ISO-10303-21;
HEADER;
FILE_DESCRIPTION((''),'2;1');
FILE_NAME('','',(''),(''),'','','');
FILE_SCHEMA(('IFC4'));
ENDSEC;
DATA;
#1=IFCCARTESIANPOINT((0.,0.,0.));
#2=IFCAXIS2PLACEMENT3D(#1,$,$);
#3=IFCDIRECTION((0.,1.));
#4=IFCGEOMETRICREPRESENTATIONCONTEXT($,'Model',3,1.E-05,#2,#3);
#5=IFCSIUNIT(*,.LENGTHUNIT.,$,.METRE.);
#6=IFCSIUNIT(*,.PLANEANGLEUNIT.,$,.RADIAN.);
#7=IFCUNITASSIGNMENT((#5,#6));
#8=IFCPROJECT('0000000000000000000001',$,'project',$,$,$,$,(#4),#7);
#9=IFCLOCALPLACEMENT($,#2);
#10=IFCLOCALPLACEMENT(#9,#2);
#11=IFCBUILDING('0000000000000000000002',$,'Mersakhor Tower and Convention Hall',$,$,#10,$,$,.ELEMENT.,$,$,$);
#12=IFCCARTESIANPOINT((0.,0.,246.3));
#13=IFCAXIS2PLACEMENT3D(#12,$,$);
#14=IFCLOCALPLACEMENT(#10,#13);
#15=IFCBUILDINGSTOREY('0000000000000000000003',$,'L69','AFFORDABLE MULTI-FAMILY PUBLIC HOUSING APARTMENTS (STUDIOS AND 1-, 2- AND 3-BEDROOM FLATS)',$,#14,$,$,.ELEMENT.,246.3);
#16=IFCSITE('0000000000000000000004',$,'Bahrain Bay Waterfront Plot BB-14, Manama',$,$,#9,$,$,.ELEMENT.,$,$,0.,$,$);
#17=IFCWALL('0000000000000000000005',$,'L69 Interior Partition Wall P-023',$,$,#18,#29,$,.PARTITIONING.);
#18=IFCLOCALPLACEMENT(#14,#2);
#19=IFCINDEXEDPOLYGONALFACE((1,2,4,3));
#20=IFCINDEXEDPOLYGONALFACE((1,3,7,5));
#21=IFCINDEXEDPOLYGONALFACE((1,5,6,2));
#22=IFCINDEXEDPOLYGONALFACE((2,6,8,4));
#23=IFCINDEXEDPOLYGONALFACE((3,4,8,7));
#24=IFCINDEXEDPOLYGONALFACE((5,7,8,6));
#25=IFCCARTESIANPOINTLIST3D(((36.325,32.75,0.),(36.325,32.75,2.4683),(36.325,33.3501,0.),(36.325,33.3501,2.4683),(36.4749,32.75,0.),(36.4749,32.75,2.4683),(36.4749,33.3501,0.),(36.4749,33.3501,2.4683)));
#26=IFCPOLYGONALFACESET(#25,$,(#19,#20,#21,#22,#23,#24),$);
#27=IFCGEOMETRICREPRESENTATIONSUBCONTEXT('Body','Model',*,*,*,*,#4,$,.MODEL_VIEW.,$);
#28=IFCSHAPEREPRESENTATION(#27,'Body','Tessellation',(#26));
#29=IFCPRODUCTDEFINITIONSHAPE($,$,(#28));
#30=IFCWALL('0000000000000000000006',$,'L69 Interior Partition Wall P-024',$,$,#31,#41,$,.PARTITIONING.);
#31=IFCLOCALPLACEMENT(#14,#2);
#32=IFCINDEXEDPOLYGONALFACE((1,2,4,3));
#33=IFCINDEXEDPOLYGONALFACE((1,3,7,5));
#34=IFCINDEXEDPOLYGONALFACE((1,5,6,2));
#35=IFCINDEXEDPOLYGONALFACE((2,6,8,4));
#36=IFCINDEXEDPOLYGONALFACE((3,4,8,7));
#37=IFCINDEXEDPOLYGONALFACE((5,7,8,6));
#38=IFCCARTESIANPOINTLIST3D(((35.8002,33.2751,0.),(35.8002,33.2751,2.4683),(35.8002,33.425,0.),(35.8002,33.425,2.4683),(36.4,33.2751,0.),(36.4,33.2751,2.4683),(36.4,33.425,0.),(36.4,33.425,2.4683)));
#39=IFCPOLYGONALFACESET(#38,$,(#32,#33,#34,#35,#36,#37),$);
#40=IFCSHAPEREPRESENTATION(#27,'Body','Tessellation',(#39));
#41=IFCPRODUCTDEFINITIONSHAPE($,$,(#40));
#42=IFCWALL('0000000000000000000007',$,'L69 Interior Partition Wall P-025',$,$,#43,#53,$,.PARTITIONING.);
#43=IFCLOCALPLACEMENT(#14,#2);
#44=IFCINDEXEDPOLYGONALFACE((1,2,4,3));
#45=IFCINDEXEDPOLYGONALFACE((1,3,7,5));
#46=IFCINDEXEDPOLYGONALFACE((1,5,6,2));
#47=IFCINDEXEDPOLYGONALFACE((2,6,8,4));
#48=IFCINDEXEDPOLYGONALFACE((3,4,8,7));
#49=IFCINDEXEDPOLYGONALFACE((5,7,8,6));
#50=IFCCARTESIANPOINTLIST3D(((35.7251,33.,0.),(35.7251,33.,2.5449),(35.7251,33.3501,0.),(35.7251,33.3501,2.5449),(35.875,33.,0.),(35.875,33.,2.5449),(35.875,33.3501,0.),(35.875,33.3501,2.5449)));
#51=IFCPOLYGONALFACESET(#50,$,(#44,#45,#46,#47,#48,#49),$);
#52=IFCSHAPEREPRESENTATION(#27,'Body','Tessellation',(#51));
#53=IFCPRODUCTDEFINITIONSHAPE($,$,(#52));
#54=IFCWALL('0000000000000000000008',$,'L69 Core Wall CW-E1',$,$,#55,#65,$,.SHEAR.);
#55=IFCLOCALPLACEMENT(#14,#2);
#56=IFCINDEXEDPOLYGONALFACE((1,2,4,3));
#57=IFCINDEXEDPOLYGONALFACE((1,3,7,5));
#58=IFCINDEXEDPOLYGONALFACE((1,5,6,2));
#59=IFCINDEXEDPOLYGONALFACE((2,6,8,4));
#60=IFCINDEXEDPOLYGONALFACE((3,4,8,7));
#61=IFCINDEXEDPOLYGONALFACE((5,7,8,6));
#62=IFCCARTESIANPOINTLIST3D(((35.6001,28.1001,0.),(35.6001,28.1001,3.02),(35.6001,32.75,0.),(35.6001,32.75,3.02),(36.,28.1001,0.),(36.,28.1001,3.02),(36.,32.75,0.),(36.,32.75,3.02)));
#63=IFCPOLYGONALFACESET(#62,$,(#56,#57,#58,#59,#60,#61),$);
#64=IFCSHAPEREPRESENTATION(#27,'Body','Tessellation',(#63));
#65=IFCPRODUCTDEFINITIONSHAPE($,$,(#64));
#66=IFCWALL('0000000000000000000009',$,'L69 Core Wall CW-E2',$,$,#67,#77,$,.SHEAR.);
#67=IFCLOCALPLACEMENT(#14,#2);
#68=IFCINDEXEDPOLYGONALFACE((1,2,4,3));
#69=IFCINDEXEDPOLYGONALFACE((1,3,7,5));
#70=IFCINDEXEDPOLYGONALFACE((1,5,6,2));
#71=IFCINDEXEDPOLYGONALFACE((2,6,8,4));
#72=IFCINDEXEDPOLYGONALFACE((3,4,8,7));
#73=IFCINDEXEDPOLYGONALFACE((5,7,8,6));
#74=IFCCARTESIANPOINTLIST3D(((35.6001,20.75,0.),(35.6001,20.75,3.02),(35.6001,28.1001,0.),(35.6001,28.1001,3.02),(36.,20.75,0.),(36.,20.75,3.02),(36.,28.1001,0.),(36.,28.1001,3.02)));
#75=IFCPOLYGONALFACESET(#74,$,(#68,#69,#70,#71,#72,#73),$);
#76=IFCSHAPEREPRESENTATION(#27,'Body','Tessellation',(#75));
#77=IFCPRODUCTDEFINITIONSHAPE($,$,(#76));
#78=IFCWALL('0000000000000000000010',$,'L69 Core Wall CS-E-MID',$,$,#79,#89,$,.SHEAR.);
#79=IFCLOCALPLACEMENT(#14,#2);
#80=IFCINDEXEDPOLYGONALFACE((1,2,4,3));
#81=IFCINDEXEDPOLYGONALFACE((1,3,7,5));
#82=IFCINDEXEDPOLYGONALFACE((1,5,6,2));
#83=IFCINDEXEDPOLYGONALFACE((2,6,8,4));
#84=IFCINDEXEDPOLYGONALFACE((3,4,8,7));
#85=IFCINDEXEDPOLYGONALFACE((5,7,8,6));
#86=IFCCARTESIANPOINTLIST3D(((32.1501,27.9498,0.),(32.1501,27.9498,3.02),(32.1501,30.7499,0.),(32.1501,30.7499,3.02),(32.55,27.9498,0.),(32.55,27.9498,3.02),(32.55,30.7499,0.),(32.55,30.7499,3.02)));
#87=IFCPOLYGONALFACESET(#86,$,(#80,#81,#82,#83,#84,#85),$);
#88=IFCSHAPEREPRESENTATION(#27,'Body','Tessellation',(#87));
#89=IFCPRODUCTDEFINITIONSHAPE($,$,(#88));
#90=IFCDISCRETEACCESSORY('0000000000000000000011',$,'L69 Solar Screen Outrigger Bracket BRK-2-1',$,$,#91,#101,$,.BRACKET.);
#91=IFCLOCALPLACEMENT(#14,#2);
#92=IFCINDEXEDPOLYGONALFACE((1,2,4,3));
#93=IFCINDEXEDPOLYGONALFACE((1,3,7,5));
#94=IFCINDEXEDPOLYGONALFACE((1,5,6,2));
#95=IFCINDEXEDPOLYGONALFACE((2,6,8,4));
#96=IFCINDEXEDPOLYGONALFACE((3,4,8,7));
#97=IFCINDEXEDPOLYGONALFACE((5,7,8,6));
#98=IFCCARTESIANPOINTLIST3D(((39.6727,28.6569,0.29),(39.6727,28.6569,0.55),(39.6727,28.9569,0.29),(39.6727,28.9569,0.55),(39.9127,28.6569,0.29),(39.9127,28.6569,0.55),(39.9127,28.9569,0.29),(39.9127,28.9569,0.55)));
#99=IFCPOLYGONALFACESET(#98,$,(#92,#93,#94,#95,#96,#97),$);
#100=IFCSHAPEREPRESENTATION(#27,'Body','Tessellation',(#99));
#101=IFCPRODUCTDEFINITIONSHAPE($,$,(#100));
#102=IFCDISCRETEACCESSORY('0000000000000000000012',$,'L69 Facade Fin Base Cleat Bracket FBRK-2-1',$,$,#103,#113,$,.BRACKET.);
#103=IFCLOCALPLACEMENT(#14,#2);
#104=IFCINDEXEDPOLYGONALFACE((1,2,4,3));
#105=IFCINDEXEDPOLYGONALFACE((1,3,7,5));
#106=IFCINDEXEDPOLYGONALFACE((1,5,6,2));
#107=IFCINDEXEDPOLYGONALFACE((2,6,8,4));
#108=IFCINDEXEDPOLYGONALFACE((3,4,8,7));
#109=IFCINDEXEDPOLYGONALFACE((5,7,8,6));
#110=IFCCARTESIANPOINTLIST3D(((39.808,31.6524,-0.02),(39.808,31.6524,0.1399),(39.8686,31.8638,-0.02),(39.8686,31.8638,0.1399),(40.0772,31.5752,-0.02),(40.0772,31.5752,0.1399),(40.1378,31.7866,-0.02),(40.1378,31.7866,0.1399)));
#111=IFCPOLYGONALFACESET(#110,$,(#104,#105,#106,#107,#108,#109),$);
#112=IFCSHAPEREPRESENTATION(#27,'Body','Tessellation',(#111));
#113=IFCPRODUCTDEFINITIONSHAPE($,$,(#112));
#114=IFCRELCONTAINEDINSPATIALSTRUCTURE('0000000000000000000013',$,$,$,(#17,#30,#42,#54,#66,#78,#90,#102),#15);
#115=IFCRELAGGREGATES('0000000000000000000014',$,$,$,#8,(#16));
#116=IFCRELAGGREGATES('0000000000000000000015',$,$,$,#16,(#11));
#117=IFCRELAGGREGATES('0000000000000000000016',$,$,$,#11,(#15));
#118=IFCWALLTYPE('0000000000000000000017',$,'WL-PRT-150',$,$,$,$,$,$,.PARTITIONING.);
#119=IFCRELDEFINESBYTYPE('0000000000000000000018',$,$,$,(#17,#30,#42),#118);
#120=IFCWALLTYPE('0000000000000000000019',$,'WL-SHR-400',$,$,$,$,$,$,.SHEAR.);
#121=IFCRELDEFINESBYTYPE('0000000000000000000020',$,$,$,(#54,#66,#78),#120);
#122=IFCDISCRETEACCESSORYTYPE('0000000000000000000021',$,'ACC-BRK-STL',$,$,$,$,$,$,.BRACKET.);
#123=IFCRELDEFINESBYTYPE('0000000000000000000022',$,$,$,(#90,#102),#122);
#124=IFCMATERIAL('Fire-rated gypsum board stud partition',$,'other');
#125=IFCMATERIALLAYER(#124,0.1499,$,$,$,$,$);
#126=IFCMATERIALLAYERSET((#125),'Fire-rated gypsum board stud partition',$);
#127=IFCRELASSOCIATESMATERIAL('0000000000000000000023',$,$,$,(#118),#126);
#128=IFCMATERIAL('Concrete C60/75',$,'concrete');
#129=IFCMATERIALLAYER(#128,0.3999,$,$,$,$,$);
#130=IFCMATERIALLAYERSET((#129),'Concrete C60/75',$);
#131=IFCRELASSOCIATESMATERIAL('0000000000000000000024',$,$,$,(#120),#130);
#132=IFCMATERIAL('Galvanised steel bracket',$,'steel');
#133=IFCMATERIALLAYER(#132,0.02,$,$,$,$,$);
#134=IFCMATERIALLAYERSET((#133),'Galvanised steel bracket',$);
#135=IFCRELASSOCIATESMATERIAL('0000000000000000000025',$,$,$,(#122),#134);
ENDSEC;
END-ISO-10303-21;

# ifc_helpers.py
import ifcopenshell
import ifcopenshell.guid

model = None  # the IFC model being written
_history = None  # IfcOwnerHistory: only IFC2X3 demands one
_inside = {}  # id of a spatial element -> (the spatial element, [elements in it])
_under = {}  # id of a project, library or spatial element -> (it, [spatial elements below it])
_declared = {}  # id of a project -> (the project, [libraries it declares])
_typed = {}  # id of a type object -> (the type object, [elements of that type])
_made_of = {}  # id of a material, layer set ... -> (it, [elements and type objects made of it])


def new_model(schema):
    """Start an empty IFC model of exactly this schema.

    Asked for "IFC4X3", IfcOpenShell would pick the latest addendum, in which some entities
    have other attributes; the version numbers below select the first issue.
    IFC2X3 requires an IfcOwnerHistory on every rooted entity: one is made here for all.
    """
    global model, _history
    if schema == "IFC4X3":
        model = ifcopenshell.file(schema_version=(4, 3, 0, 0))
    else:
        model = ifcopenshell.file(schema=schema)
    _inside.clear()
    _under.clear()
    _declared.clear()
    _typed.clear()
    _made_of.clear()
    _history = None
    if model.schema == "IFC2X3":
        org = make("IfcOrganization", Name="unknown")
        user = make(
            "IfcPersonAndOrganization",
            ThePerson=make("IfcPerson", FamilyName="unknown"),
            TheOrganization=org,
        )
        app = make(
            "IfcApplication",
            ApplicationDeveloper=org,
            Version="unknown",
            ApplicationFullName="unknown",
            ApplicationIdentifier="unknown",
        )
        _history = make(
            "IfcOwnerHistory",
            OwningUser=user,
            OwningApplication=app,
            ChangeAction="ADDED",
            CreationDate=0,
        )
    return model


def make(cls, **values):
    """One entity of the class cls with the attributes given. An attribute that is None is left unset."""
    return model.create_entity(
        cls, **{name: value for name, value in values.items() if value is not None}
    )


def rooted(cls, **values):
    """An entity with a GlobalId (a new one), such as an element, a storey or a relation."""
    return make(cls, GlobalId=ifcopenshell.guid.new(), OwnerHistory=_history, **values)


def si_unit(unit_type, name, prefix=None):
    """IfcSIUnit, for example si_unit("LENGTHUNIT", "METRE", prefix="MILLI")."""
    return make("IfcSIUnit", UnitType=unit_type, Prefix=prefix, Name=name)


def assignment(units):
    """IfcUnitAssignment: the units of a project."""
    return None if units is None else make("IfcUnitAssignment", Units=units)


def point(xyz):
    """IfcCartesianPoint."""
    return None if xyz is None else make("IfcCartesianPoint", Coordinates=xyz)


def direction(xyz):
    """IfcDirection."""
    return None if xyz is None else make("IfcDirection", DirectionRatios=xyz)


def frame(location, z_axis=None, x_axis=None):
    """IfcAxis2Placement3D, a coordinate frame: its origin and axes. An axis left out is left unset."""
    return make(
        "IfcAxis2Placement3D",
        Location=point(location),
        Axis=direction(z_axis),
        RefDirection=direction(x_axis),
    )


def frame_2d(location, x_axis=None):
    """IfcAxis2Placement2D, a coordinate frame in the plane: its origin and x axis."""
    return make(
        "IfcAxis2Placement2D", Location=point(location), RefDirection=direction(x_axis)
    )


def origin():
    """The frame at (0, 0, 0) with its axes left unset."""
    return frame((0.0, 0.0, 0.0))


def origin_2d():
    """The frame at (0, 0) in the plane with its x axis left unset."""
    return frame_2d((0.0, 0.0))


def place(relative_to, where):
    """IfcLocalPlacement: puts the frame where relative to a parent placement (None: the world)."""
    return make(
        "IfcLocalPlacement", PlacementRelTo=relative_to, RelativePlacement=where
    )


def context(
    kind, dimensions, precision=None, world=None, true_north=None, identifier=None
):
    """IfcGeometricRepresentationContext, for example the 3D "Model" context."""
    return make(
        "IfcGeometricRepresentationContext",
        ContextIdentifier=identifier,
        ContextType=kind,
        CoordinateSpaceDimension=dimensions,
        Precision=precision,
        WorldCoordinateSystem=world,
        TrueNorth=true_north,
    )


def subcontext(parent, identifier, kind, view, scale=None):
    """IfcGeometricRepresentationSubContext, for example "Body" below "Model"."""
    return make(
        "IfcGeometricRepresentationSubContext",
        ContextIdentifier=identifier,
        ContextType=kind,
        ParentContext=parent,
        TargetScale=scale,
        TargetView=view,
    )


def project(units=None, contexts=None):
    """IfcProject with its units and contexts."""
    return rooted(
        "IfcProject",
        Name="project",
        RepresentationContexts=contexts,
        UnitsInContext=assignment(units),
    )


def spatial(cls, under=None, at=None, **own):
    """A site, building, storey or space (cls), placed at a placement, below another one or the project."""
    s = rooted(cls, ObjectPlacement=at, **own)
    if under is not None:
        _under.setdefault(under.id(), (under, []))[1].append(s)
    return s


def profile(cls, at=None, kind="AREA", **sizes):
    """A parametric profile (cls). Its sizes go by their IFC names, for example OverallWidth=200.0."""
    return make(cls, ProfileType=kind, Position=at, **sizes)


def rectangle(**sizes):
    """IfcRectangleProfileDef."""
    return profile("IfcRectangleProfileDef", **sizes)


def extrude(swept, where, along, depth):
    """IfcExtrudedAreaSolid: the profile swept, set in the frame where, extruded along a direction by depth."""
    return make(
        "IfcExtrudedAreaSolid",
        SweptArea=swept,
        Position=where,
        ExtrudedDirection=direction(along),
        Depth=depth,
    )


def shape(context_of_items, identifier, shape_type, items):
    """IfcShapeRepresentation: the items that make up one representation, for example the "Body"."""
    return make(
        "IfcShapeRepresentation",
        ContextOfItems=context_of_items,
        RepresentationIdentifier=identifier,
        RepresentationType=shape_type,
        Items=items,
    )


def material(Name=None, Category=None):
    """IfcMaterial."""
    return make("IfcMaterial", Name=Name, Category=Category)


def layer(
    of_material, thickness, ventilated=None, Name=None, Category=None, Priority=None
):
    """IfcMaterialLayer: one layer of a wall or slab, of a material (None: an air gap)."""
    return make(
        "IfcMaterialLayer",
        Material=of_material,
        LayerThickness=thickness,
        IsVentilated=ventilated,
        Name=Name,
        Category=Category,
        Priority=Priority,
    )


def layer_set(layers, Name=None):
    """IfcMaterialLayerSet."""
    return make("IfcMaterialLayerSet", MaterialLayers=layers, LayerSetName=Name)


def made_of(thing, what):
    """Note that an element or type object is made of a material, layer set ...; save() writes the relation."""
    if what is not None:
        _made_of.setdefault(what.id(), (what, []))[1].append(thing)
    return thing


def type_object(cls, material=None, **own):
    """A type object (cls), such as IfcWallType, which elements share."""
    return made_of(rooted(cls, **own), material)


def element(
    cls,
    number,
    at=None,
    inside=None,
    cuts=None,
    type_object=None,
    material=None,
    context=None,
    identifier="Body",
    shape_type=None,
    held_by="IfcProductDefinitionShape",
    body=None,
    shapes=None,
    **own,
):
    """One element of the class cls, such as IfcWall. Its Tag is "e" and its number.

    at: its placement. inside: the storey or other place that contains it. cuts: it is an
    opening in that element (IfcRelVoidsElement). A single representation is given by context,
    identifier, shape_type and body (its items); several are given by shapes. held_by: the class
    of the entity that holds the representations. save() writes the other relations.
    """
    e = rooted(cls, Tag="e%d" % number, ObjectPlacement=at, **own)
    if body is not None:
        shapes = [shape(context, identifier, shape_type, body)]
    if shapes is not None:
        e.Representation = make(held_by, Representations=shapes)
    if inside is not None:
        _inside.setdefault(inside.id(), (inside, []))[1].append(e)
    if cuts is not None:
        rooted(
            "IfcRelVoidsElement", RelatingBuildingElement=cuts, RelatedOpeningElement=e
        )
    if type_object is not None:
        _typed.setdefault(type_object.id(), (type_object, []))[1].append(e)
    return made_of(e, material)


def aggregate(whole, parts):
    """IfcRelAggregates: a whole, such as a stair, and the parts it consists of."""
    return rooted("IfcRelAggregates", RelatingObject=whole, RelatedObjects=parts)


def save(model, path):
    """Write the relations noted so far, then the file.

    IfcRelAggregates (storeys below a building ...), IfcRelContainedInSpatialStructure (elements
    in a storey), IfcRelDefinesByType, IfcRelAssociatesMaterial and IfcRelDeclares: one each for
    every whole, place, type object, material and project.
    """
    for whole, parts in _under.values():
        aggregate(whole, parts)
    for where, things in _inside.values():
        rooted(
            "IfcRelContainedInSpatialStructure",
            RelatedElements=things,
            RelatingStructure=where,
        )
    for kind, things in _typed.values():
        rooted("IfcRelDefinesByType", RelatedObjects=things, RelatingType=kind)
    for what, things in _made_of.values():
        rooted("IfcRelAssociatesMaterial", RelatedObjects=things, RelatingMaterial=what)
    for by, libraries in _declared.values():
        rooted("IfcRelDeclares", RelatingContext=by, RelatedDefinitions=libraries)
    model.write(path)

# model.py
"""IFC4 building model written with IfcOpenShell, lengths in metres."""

from ifc_helpers import new_model, si_unit, direction, frame, frame_2d, origin, origin_2d, place, context, subcontext, project, spatial, rectangle, extrude, material, layer, layer_set, type_object, element, save


model = new_model("IFC4")

# Units and contexts
model_context = context("Model", 3, precision=1e-05, world=origin(), true_north=direction((0.0, 1.0)))
body_context = subcontext(model_context, "Body", "Model", "MODEL_VIEW")
ifc_project = project(units=[si_unit("LENGTHUNIT", "METRE"), si_unit("PLANEANGLEUNIT", "RADIAN")], contexts=[model_context])

# Site, building, storey
site_placement = place(None, origin())
site = spatial("IfcSite", under=ifc_project, at=site_placement, Name="Bahrain Bay Waterfront Plot BB-14, Manama", CompositionType="ELEMENT", RefElevation=0.0)
building_placement = place(site_placement, origin())
building = spatial("IfcBuilding", under=site, at=building_placement, Name="Mersakhor Tower and Convention Hall", CompositionType="ELEMENT")
storey_placement = place(building_placement, frame((0.0, 0.0, 246.3)))
storey = spatial("IfcBuildingStorey", under=building, at=storey_placement, Name="L69", Description="AFFORDABLE MULTI-FAMILY PUBLIC HOUSING APARTMENTS (STUDIOS AND 1-, 2- AND 3-BEDROOM FLATS)", CompositionType="ELEMENT", Elevation=246.3)

# Shared definitions
ifc_material_1 = material(Name="Fire-rated gypsum board stud partition", Category="other")
ifc_layer_1 = layer(ifc_material_1, 0.1499)
ifc_layer_set_1 = layer_set([ifc_layer_1], Name="Fire-rated gypsum board stud partition")
wall_type_1 = type_object("IfcWallType", Name="WL-PRT-150", PredefinedType="PARTITIONING", material=ifc_layer_set_1)

# Walls
wall_1_placement = place(storey_placement, frame((36.3999, 32.75, 0.0), z_axis=(0.0, 0.0, 1.0), x_axis=(0.0, 1.0, 0.0)))
element("IfcWall", 1, at=wall_1_placement, inside=storey, type_object=wall_type_1, Name="L69 Interior Partition Wall P-023", PredefinedType="PARTITIONING", context=body_context, shape_type="SweptSolid", body=[
    extrude(rectangle(XDim=0.6001, YDim=0.1499, at=frame_2d((0.3, 0.0))), origin(), (0.0, 0.0, 1.0), 2.4683),
])
wall_2_placement = place(storey_placement, frame((36.3999, 33.3501, 0.0), z_axis=(0.0, 0.0, 1.0), x_axis=(-1.0, 0.0, 0.0)))
element("IfcWall", 2, at=wall_2_placement, inside=storey, type_object=wall_type_1, Name="L69 Interior Partition Wall P-024", PredefinedType="PARTITIONING", context=body_context, shape_type="SweptSolid", body=[
    extrude(rectangle(XDim=0.5999, YDim=0.1499, at=frame_2d((0.2998, 0.0))), origin(), (0.0, 0.0, 1.0), 2.4683),
])
wall_3_placement = place(storey_placement, frame((35.8, 33.3501, 0.0), z_axis=(0.0, 0.0, 1.0), x_axis=(0.0, -1.0, 0.0)))
element("IfcWall", 3, at=wall_3_placement, inside=storey, type_object=wall_type_1, Name="L69 Interior Partition Wall P-025", PredefinedType="PARTITIONING", context=body_context, shape_type="SweptSolid", body=[
    extrude(rectangle(XDim=0.3501, YDim=0.1499, at=frame_2d((0.175, 0.0))), origin(), (0.0, 0.0, 1.0), 2.5449),
])

# Shared definitions
ifc_material_2 = material(Name="Concrete C60/75", Category="concrete")
ifc_layer_2 = layer(ifc_material_2, 0.3999)
ifc_layer_set_2 = layer_set([ifc_layer_2], Name="Concrete C60/75")
wall_type_2 = type_object("IfcWallType", Name="WL-SHR-400", PredefinedType="SHEAR", material=ifc_layer_set_2)

# Walls
wall_4_placement = place(storey_placement, frame((35.8, 32.75, 0.0), z_axis=(0.0, 0.0, 1.0), x_axis=(0.0, -1.0, 0.0)))
element("IfcWall", 4, at=wall_4_placement, inside=storey, type_object=wall_type_2, Name="L69 Core Wall CW-E1", PredefinedType="SHEAR", context=body_context, shape_type="SweptSolid", body=[
    extrude(rectangle(XDim=4.6499, YDim=0.3999, at=frame_2d((2.325, 0.0))), origin(), (0.0, 0.0, 1.0), 3.02),
])
wall_5_placement = place(storey_placement, frame((35.8, 28.1001, 0.0), z_axis=(0.0, 0.0, 1.0), x_axis=(0.0, -1.0, 0.0)))
element("IfcWall", 5, at=wall_5_placement, inside=storey, type_object=wall_type_2, Name="L69 Core Wall CW-E2", PredefinedType="SHEAR", context=body_context, shape_type="SweptSolid", body=[
    extrude(rectangle(XDim=7.3501, YDim=0.3999, at=frame_2d((3.675, 0.0))), origin(), (0.0, 0.0, 1.0), 3.02),
])
wall_6_placement = place(storey_placement, frame((32.3501, 27.95, 0.0), z_axis=(0.0, 0.0, 1.0), x_axis=(0.0, 1.0, 0.0)))
element("IfcWall", 6, at=wall_6_placement, inside=storey, type_object=wall_type_2, Name="L69 Core Wall CS-E-MID", PredefinedType="SHEAR", context=body_context, shape_type="SweptSolid", body=[
    extrude(rectangle(XDim=2.8, YDim=0.3999, at=frame_2d((1.3999, 0.0))), origin(), (0.0, 0.0, 1.0), 3.02),
])

# Discrete accessories
ifc_material_3 = material(Name="Galvanised steel bracket", Category="steel")
ifc_layer_3 = layer(ifc_material_3, 0.02)
ifc_layer_set_3 = layer_set([ifc_layer_3], Name="Galvanised steel bracket")
discrete_accessory_type = type_object("IfcDiscreteAccessoryType", Name="ACC-BRK-STL", PredefinedType="BRACKET", material=ifc_layer_set_3)
discrete_accessory_1_placement = place(storey_placement, frame((39.7927, 28.8069, 0.29), z_axis=(0.0, 0.0, 1.0), x_axis=(0.0, -1.0, 0.0)))
element("IfcDiscreteAccessory", 7, at=discrete_accessory_1_placement, inside=storey, type_object=discrete_accessory_type, Name="L69 Solar Screen Outrigger Bracket BRK-2-1", PredefinedType="BRACKET", context=body_context, shape_type="SweptSolid", body=[
    extrude(rectangle(XDim=0.3, YDim=0.24, at=origin_2d()), origin(), (0.0, 0.0, 1.0), 0.26),
])
discrete_accessory_2_placement = place(storey_placement, frame((39.9729, 31.7195, -0.02), z_axis=(0.0, 0.0, 1.0), x_axis=(0.961262, -0.275637, 0.0)))
element("IfcDiscreteAccessory", 8, at=discrete_accessory_2_placement, inside=storey, type_object=discrete_accessory_type, Name="L69 Facade Fin Base Cleat Bracket FBRK-2-1", PredefinedType="BRACKET", context=body_context, shape_type="SweptSolid", body=[
    extrude(rectangle(XDim=0.28, YDim=0.22, at=origin_2d()), origin(), (0.0, 0.0, 1.0), 0.1599),
])

save(model, "model.ifc")
